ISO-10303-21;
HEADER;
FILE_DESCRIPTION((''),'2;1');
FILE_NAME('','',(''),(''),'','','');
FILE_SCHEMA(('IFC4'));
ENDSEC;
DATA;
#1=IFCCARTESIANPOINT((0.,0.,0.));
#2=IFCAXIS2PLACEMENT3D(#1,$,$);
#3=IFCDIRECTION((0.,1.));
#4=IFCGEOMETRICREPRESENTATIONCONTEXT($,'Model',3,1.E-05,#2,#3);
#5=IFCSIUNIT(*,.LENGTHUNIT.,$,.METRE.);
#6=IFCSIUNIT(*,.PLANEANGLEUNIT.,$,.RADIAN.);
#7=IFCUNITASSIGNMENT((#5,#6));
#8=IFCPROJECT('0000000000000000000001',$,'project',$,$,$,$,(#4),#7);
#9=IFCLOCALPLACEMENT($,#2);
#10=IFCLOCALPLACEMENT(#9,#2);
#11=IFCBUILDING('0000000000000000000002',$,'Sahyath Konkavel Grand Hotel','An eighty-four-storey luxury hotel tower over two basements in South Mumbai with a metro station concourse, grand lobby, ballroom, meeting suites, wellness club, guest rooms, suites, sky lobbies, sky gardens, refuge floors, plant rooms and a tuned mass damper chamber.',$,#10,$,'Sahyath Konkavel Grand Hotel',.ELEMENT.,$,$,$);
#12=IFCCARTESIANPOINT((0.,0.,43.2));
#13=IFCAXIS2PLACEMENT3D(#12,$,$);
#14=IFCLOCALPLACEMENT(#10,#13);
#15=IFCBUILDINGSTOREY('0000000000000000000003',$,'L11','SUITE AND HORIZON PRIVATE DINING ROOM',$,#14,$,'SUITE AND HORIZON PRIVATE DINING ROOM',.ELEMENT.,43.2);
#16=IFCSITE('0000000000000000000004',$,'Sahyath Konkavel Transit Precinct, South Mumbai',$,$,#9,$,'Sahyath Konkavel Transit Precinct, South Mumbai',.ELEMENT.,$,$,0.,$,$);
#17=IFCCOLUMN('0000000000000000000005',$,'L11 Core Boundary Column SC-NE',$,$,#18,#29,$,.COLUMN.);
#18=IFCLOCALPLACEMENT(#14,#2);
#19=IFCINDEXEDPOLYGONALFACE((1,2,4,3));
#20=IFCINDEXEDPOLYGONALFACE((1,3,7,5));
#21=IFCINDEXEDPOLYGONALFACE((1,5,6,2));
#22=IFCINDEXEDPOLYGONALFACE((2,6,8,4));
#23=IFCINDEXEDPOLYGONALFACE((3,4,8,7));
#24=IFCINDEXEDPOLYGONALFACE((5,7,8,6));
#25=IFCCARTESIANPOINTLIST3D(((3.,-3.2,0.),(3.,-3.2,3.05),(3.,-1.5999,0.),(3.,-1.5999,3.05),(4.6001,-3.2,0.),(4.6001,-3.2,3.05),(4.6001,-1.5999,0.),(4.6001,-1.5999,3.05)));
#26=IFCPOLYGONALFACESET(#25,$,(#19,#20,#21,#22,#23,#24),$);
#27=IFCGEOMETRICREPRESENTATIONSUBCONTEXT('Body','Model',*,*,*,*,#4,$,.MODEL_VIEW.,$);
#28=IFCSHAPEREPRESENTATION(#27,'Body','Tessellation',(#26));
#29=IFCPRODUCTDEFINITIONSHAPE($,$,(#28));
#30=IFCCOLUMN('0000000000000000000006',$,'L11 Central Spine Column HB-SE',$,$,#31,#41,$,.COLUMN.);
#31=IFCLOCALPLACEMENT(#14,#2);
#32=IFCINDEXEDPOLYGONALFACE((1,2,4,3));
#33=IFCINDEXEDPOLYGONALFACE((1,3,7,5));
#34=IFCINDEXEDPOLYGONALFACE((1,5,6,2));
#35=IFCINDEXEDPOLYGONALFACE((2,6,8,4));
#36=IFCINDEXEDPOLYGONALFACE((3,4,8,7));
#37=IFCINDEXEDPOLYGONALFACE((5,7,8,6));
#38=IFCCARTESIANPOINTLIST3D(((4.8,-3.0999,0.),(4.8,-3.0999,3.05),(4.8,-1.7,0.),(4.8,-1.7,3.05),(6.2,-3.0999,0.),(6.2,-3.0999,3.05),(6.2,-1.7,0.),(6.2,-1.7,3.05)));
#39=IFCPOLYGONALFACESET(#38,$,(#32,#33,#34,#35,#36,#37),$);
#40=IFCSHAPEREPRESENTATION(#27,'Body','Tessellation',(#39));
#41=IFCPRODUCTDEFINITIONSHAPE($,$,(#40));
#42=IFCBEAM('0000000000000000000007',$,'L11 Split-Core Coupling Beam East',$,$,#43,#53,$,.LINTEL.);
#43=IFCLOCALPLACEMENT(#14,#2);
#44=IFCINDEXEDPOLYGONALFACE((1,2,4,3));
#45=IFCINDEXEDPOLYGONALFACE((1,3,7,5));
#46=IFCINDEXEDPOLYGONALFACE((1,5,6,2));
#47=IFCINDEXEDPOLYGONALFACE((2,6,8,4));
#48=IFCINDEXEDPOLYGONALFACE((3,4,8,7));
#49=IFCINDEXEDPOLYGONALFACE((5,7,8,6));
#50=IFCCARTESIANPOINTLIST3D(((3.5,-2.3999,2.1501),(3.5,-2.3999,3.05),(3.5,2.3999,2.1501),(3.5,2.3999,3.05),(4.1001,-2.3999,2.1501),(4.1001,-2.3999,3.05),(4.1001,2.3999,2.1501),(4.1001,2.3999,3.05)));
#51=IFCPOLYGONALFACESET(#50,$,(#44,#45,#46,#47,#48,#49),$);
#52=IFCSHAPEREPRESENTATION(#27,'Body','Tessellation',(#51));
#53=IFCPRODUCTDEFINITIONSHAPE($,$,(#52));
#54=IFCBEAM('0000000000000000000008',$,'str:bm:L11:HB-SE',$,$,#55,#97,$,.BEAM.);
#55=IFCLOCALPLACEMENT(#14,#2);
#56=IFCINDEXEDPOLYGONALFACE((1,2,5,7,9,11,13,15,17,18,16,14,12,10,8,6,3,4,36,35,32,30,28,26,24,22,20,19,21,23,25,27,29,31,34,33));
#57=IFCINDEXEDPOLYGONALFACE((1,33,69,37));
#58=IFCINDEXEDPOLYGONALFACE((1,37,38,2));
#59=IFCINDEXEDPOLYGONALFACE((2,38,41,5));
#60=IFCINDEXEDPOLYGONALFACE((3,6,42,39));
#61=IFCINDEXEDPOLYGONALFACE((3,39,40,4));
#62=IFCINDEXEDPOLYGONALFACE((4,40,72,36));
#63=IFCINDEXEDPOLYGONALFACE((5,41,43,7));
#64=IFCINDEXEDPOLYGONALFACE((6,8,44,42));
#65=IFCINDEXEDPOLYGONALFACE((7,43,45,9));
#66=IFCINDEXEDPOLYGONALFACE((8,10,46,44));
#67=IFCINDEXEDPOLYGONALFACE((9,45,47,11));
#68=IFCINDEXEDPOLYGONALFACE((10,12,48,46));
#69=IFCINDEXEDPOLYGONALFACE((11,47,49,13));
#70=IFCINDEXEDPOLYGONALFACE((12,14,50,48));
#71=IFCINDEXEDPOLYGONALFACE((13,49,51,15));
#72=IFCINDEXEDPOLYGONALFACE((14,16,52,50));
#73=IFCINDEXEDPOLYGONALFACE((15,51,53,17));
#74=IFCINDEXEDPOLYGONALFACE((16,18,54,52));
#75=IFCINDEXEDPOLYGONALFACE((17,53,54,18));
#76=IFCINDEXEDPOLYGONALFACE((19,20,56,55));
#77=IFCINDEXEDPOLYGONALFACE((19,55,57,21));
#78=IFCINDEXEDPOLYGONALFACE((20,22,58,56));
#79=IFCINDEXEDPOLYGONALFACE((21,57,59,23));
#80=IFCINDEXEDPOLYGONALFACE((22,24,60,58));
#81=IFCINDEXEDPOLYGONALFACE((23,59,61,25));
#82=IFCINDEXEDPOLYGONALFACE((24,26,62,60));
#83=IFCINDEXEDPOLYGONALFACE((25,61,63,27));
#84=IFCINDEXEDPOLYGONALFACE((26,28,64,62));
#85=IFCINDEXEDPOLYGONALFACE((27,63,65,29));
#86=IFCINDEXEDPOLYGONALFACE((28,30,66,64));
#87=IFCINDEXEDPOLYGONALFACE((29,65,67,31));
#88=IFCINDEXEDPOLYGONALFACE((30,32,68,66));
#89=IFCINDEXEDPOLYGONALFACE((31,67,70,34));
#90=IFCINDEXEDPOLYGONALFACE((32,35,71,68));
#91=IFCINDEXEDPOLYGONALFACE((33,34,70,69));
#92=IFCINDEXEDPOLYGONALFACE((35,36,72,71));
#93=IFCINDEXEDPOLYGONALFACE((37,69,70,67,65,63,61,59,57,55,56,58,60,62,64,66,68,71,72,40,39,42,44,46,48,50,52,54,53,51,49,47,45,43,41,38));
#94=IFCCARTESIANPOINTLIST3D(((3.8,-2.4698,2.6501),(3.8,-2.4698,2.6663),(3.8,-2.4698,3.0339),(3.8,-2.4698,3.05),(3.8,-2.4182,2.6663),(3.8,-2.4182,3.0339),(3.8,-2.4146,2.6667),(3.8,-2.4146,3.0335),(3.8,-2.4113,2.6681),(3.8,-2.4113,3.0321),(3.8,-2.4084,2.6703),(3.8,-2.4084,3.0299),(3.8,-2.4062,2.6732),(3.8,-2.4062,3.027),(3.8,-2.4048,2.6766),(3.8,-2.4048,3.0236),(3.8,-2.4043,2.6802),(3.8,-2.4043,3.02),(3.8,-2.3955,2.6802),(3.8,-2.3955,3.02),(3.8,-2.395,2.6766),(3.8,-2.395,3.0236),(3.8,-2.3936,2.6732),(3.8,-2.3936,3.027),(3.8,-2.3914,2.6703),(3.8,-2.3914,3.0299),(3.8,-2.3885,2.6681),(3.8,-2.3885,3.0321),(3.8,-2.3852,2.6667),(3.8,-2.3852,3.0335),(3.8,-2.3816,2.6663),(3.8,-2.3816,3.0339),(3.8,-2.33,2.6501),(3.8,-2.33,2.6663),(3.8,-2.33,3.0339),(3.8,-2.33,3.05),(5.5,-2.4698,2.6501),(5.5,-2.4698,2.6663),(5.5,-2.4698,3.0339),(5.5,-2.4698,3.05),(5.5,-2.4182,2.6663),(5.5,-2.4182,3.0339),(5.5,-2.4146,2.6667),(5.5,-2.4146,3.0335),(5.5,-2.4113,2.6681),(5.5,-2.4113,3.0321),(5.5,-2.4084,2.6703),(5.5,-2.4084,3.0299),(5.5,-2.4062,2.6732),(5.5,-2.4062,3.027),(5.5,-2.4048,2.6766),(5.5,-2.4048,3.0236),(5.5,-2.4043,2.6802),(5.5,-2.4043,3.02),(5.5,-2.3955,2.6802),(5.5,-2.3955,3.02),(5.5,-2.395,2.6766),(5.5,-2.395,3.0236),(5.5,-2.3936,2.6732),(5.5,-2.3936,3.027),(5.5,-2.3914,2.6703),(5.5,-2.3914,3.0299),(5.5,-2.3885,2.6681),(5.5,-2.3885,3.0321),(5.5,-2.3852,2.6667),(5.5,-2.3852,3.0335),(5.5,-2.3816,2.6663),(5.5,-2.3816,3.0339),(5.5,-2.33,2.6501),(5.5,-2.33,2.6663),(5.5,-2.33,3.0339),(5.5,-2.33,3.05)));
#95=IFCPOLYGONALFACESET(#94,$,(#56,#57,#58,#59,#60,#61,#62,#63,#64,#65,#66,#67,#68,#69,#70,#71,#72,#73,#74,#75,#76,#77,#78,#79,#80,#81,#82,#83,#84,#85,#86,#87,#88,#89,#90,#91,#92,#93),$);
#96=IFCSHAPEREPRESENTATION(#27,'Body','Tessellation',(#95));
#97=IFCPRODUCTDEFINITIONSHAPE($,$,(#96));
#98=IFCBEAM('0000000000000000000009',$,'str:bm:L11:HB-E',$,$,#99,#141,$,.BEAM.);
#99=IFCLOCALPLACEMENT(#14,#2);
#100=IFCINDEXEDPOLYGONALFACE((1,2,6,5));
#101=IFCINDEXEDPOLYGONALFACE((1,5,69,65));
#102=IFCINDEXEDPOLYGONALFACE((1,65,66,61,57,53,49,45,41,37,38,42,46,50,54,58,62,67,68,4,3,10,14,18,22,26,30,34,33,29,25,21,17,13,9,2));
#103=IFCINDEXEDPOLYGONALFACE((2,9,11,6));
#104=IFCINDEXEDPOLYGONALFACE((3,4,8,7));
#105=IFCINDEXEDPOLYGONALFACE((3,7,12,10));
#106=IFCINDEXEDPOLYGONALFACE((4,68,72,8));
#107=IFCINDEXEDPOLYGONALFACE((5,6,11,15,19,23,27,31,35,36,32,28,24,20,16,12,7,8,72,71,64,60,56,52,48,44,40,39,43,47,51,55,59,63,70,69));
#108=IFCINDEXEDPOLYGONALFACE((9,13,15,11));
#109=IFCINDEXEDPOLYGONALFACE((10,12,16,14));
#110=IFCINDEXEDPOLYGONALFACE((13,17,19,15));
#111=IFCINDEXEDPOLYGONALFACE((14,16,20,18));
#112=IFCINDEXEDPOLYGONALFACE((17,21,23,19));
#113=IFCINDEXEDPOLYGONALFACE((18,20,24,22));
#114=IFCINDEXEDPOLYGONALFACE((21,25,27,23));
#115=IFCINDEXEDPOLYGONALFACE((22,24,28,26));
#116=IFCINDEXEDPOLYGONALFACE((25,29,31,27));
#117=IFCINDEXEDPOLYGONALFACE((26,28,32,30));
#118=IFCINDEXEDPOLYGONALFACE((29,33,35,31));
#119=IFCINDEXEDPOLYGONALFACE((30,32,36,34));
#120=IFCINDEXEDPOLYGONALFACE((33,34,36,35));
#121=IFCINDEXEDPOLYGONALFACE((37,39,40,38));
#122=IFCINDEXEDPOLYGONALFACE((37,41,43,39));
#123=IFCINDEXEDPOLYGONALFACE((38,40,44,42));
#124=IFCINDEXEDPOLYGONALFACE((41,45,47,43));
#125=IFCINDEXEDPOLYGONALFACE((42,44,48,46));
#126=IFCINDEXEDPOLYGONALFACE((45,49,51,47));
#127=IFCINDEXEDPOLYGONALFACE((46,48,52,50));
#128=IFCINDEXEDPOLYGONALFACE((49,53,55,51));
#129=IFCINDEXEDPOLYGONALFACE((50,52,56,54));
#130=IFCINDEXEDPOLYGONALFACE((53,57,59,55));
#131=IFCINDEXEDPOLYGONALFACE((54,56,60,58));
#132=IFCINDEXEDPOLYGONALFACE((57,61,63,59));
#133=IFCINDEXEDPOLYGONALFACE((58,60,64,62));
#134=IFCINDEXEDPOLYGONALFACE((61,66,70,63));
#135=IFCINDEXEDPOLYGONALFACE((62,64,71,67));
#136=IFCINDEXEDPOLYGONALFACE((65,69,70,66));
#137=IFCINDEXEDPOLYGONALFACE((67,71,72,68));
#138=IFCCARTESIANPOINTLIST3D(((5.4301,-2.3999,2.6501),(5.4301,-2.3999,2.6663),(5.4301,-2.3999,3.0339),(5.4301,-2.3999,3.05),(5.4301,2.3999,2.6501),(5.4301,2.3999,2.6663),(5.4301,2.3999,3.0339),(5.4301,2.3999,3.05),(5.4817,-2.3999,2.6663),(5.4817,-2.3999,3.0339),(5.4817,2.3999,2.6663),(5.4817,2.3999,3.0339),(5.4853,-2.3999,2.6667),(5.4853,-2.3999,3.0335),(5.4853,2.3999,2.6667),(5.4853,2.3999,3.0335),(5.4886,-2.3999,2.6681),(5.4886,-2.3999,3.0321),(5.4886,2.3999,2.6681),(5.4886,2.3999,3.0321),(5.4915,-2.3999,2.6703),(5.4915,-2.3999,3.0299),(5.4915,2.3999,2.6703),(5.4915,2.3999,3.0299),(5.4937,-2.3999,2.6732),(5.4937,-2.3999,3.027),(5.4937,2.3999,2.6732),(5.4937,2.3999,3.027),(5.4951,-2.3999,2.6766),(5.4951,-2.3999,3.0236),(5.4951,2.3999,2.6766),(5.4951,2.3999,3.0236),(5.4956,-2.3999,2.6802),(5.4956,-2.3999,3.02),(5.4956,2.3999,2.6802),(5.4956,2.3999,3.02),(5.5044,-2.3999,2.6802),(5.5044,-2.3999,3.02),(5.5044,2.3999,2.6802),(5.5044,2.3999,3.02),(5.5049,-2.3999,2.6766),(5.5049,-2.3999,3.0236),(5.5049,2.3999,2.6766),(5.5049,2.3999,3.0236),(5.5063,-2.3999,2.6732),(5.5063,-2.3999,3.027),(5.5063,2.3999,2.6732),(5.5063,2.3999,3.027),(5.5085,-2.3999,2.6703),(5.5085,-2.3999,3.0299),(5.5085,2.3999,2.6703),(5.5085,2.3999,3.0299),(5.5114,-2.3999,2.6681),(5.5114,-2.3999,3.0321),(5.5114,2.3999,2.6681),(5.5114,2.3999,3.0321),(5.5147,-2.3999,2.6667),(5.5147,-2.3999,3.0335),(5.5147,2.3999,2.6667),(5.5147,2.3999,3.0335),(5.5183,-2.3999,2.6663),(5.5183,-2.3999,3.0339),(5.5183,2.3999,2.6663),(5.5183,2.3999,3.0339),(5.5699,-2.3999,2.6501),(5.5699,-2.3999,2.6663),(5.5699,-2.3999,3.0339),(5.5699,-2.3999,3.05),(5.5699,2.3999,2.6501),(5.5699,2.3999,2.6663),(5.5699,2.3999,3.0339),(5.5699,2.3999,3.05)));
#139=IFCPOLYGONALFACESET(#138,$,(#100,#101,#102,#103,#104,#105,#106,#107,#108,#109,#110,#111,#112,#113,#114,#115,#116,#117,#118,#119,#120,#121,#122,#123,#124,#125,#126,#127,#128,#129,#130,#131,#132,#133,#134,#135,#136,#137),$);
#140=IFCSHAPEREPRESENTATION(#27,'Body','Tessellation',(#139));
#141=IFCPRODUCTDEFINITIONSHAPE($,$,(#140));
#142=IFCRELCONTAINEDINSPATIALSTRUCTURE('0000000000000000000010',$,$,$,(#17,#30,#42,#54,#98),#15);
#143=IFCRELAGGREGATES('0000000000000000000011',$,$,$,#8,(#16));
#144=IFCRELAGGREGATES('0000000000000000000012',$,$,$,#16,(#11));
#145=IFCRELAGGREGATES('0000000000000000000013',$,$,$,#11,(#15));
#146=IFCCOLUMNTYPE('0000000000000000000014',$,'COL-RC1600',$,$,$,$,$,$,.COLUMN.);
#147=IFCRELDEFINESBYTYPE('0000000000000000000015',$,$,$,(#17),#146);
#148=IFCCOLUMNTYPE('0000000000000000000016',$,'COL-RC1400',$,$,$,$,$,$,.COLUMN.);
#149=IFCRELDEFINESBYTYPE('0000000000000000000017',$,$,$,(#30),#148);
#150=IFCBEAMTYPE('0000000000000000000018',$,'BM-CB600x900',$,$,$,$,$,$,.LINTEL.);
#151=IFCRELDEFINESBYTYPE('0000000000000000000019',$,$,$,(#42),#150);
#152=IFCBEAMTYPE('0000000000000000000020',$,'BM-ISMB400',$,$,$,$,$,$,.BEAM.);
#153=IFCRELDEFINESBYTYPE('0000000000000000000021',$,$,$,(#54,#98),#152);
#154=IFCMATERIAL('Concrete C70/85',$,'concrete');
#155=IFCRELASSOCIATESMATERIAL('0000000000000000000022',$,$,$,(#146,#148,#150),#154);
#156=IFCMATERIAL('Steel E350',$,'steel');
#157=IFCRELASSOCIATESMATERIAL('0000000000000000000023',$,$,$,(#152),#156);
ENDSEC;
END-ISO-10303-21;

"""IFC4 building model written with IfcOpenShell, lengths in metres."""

from ifc_helpers import new_model, si_unit, direction, frame, origin, origin_2d, place, context, subcontext, project, spatial, rectangle, i_section, extrude, source, transform, mapped, material, material_profile, profile_set, type_object, element, save


model = new_model("IFC4")

# Units and contexts
model_context = context("Model", 3, precision=1e-05, world=origin(), true_north=direction((0.0, 1.0)))
body_context = subcontext(model_context, "Body", "Model", "MODEL_VIEW")
ifc_project = project(units=[si_unit("LENGTHUNIT", "METRE"), si_unit("PLANEANGLEUNIT", "RADIAN")], contexts=[model_context])

# Site, building, storey
site_placement = place(None, origin())
site = spatial("IfcSite", under=ifc_project, at=site_placement, Name="Sahyath Konkavel Transit Precinct, South Mumbai", LongName="Sahyath Konkavel Transit Precinct, South Mumbai", CompositionType="ELEMENT", RefElevation=0.0)
building_placement = place(site_placement, origin())
building = spatial("IfcBuilding", under=site, at=building_placement, Name="Sahyath Konkavel Grand Hotel", Description="An eighty-four-storey luxury hotel tower over two basements in South Mumbai with a metro station concourse, grand lobby, ballroom, meeting suites, wellness club, guest rooms, suites, sky lobbies, sky gardens, refuge floors, plant rooms and a tuned mass damper chamber.", LongName="Sahyath Konkavel Grand Hotel", CompositionType="ELEMENT")
storey_placement = place(building_placement, frame((0.0, 0.0, 43.2)))
storey = spatial("IfcBuildingStorey", under=building, at=storey_placement, Name="L11", Description="SUITE AND HORIZON PRIVATE DINING ROOM", LongName="SUITE AND HORIZON PRIVATE DINING ROOM", CompositionType="ELEMENT", Elevation=43.2)

# Columns
ifc_material_1 = material(Name="Concrete C70/85", Category="concrete")
ifc_material_profile_1 = material_profile(ifc_material_1, rectangle(XDim=1.6001, YDim=1.6001, at=origin_2d()), Name="RC 1600x1600")
ifc_profile_set_1 = profile_set([ifc_material_profile_1], Name="Concrete C70/85")
column_type_1 = type_object("IfcColumnType", Name="COL-RC1600", PredefinedType="COLUMN", material=ifc_profile_set_1)
shared_shape_1 = source(origin(), body_context, "Body", "SweptSolid", [
    extrude(rectangle(XDim=1.6001, YDim=1.6001, at=origin_2d()), origin(), (0.0, 0.0, 1.0), 3.05),
])
column_1_placement = place(storey_placement, frame((3.8, -2.3999, 0.0), z_axis=(0.0, 0.0, 1.0), x_axis=(1.0, 0.0, 0.0)))
element("IfcColumn", 1, at=column_1_placement, inside=storey, type_object=column_type_1, Name="L11 Core Boundary Column SC-NE", PredefinedType="COLUMN", context=body_context, shape_type="MappedRepresentation", body=[
    mapped(shared_shape_1, transform((0.0, 0.0, 0.0), scale=1.0)),
])
ifc_material_profile_2 = material_profile(ifc_material_1, rectangle(XDim=1.3999, YDim=1.3999, at=origin_2d()), Name="RC 1400x1400")
ifc_profile_set_2 = profile_set([ifc_material_profile_2], Name="Concrete C70/85")
column_type_2 = type_object("IfcColumnType", Name="COL-RC1400", PredefinedType="COLUMN", material=ifc_profile_set_2)
shared_shape_2 = source(origin(), body_context, "Body", "SweptSolid", [
    extrude(rectangle(XDim=1.3999, YDim=1.3999, at=origin_2d()), origin(), (0.0, 0.0, 1.0), 3.05),
])
column_2_placement = place(storey_placement, frame((5.5, -2.3999, 0.0), z_axis=(0.0, 0.0, 1.0), x_axis=(1.0, 0.0, 0.0)))
element("IfcColumn", 2, at=column_2_placement, inside=storey, type_object=column_type_2, Name="L11 Central Spine Column HB-SE", PredefinedType="COLUMN", context=body_context, shape_type="MappedRepresentation", body=[
    mapped(shared_shape_2, transform((0.0, 0.0, 0.0), scale=1.0)),
])

# Beams
ifc_material_profile_3 = material_profile(ifc_material_1, rectangle(XDim=0.6001, YDim=0.8999, at=origin_2d()), Name="RC 600x900")
ifc_profile_set_3 = profile_set([ifc_material_profile_3], Name="Concrete C70/85")
beam_type_1 = type_object("IfcBeamType", Name="BM-CB600x900", PredefinedType="LINTEL", material=ifc_profile_set_3)
shared_shape_3 = source(origin(), body_context, "Body", "SweptSolid", [
    extrude(rectangle(XDim=0.6001, YDim=0.8999, at=origin_2d()), origin(), (0.0, 0.0, 1.0), 4.7998),
])
beam_1_placement = place(storey_placement, frame((3.8, -2.3999, 2.6001), z_axis=(0.0, 1.0, 0.0), x_axis=(-1.0, 0.0, 0.0)))
element("IfcBeam", 3, at=beam_1_placement, inside=storey, type_object=beam_type_1, Name="L11 Split-Core Coupling Beam East", PredefinedType="LINTEL", context=body_context, shape_type="MappedRepresentation", body=[
    mapped(shared_shape_3, transform((0.0, 0.0, 0.0), scale=1.0)),
])
ifc_material_2 = material(Name="Steel E350", Category="steel")
ifc_material_profile_4 = material_profile(ifc_material_2, i_section(OverallWidth=0.1399, OverallDepth=0.3999, WebThickness=0.0088, FlangeThickness=0.0161, FilletRadius=0.0139, at=origin_2d()), Name="ISMB 400")
ifc_profile_set_4 = profile_set([ifc_material_profile_4], Name="Steel E350")
beam_type_2 = type_object("IfcBeamType", Name="BM-ISMB400", PredefinedType="BEAM", material=ifc_profile_set_4)
shared_shape_4 = source(origin(), body_context, "Body", "SweptSolid", [
    extrude(i_section(OverallWidth=0.1399, OverallDepth=0.3999, WebThickness=0.0088, FlangeThickness=0.0161, FilletRadius=0.0139, at=origin_2d()), origin(), (0.0, 0.0, 1.0), 1.7),
])
beam_2_placement = place(storey_placement, frame((3.8, -2.3999, 2.8501), z_axis=(1.0, 0.0, 0.0), x_axis=(0.0, 1.0, 0.0)))
element("IfcBeam", 4, at=beam_2_placement, inside=storey, type_object=beam_type_2, Name="str:bm:L11:HB-SE", PredefinedType="BEAM", context=body_context, shape_type="MappedRepresentation", body=[
    mapped(shared_shape_4, transform((0.0, 0.0, 0.0), scale=1.0)),
])
shared_shape_5 = source(origin(), body_context, "Body", "SweptSolid", [
    extrude(i_section(OverallWidth=0.1399, OverallDepth=0.3999, WebThickness=0.0088, FlangeThickness=0.0161, FilletRadius=0.0139, at=origin_2d()), origin(), (0.0, 0.0, 1.0), 4.7998),
])
beam_3_placement = place(storey_placement, frame((5.5, -2.3999, 2.8501), z_axis=(0.0, 1.0, 0.0), x_axis=(-1.0, 0.0, 0.0)))
element("IfcBeam", 5, at=beam_3_placement, inside=storey, type_object=beam_type_2, Name="str:bm:L11:HB-E", PredefinedType="BEAM", context=body_context, shape_type="MappedRepresentation", body=[
    mapped(shared_shape_5, transform((0.0, 0.0, 0.0), scale=1.0)),
])

save(model, "model.ifc")
